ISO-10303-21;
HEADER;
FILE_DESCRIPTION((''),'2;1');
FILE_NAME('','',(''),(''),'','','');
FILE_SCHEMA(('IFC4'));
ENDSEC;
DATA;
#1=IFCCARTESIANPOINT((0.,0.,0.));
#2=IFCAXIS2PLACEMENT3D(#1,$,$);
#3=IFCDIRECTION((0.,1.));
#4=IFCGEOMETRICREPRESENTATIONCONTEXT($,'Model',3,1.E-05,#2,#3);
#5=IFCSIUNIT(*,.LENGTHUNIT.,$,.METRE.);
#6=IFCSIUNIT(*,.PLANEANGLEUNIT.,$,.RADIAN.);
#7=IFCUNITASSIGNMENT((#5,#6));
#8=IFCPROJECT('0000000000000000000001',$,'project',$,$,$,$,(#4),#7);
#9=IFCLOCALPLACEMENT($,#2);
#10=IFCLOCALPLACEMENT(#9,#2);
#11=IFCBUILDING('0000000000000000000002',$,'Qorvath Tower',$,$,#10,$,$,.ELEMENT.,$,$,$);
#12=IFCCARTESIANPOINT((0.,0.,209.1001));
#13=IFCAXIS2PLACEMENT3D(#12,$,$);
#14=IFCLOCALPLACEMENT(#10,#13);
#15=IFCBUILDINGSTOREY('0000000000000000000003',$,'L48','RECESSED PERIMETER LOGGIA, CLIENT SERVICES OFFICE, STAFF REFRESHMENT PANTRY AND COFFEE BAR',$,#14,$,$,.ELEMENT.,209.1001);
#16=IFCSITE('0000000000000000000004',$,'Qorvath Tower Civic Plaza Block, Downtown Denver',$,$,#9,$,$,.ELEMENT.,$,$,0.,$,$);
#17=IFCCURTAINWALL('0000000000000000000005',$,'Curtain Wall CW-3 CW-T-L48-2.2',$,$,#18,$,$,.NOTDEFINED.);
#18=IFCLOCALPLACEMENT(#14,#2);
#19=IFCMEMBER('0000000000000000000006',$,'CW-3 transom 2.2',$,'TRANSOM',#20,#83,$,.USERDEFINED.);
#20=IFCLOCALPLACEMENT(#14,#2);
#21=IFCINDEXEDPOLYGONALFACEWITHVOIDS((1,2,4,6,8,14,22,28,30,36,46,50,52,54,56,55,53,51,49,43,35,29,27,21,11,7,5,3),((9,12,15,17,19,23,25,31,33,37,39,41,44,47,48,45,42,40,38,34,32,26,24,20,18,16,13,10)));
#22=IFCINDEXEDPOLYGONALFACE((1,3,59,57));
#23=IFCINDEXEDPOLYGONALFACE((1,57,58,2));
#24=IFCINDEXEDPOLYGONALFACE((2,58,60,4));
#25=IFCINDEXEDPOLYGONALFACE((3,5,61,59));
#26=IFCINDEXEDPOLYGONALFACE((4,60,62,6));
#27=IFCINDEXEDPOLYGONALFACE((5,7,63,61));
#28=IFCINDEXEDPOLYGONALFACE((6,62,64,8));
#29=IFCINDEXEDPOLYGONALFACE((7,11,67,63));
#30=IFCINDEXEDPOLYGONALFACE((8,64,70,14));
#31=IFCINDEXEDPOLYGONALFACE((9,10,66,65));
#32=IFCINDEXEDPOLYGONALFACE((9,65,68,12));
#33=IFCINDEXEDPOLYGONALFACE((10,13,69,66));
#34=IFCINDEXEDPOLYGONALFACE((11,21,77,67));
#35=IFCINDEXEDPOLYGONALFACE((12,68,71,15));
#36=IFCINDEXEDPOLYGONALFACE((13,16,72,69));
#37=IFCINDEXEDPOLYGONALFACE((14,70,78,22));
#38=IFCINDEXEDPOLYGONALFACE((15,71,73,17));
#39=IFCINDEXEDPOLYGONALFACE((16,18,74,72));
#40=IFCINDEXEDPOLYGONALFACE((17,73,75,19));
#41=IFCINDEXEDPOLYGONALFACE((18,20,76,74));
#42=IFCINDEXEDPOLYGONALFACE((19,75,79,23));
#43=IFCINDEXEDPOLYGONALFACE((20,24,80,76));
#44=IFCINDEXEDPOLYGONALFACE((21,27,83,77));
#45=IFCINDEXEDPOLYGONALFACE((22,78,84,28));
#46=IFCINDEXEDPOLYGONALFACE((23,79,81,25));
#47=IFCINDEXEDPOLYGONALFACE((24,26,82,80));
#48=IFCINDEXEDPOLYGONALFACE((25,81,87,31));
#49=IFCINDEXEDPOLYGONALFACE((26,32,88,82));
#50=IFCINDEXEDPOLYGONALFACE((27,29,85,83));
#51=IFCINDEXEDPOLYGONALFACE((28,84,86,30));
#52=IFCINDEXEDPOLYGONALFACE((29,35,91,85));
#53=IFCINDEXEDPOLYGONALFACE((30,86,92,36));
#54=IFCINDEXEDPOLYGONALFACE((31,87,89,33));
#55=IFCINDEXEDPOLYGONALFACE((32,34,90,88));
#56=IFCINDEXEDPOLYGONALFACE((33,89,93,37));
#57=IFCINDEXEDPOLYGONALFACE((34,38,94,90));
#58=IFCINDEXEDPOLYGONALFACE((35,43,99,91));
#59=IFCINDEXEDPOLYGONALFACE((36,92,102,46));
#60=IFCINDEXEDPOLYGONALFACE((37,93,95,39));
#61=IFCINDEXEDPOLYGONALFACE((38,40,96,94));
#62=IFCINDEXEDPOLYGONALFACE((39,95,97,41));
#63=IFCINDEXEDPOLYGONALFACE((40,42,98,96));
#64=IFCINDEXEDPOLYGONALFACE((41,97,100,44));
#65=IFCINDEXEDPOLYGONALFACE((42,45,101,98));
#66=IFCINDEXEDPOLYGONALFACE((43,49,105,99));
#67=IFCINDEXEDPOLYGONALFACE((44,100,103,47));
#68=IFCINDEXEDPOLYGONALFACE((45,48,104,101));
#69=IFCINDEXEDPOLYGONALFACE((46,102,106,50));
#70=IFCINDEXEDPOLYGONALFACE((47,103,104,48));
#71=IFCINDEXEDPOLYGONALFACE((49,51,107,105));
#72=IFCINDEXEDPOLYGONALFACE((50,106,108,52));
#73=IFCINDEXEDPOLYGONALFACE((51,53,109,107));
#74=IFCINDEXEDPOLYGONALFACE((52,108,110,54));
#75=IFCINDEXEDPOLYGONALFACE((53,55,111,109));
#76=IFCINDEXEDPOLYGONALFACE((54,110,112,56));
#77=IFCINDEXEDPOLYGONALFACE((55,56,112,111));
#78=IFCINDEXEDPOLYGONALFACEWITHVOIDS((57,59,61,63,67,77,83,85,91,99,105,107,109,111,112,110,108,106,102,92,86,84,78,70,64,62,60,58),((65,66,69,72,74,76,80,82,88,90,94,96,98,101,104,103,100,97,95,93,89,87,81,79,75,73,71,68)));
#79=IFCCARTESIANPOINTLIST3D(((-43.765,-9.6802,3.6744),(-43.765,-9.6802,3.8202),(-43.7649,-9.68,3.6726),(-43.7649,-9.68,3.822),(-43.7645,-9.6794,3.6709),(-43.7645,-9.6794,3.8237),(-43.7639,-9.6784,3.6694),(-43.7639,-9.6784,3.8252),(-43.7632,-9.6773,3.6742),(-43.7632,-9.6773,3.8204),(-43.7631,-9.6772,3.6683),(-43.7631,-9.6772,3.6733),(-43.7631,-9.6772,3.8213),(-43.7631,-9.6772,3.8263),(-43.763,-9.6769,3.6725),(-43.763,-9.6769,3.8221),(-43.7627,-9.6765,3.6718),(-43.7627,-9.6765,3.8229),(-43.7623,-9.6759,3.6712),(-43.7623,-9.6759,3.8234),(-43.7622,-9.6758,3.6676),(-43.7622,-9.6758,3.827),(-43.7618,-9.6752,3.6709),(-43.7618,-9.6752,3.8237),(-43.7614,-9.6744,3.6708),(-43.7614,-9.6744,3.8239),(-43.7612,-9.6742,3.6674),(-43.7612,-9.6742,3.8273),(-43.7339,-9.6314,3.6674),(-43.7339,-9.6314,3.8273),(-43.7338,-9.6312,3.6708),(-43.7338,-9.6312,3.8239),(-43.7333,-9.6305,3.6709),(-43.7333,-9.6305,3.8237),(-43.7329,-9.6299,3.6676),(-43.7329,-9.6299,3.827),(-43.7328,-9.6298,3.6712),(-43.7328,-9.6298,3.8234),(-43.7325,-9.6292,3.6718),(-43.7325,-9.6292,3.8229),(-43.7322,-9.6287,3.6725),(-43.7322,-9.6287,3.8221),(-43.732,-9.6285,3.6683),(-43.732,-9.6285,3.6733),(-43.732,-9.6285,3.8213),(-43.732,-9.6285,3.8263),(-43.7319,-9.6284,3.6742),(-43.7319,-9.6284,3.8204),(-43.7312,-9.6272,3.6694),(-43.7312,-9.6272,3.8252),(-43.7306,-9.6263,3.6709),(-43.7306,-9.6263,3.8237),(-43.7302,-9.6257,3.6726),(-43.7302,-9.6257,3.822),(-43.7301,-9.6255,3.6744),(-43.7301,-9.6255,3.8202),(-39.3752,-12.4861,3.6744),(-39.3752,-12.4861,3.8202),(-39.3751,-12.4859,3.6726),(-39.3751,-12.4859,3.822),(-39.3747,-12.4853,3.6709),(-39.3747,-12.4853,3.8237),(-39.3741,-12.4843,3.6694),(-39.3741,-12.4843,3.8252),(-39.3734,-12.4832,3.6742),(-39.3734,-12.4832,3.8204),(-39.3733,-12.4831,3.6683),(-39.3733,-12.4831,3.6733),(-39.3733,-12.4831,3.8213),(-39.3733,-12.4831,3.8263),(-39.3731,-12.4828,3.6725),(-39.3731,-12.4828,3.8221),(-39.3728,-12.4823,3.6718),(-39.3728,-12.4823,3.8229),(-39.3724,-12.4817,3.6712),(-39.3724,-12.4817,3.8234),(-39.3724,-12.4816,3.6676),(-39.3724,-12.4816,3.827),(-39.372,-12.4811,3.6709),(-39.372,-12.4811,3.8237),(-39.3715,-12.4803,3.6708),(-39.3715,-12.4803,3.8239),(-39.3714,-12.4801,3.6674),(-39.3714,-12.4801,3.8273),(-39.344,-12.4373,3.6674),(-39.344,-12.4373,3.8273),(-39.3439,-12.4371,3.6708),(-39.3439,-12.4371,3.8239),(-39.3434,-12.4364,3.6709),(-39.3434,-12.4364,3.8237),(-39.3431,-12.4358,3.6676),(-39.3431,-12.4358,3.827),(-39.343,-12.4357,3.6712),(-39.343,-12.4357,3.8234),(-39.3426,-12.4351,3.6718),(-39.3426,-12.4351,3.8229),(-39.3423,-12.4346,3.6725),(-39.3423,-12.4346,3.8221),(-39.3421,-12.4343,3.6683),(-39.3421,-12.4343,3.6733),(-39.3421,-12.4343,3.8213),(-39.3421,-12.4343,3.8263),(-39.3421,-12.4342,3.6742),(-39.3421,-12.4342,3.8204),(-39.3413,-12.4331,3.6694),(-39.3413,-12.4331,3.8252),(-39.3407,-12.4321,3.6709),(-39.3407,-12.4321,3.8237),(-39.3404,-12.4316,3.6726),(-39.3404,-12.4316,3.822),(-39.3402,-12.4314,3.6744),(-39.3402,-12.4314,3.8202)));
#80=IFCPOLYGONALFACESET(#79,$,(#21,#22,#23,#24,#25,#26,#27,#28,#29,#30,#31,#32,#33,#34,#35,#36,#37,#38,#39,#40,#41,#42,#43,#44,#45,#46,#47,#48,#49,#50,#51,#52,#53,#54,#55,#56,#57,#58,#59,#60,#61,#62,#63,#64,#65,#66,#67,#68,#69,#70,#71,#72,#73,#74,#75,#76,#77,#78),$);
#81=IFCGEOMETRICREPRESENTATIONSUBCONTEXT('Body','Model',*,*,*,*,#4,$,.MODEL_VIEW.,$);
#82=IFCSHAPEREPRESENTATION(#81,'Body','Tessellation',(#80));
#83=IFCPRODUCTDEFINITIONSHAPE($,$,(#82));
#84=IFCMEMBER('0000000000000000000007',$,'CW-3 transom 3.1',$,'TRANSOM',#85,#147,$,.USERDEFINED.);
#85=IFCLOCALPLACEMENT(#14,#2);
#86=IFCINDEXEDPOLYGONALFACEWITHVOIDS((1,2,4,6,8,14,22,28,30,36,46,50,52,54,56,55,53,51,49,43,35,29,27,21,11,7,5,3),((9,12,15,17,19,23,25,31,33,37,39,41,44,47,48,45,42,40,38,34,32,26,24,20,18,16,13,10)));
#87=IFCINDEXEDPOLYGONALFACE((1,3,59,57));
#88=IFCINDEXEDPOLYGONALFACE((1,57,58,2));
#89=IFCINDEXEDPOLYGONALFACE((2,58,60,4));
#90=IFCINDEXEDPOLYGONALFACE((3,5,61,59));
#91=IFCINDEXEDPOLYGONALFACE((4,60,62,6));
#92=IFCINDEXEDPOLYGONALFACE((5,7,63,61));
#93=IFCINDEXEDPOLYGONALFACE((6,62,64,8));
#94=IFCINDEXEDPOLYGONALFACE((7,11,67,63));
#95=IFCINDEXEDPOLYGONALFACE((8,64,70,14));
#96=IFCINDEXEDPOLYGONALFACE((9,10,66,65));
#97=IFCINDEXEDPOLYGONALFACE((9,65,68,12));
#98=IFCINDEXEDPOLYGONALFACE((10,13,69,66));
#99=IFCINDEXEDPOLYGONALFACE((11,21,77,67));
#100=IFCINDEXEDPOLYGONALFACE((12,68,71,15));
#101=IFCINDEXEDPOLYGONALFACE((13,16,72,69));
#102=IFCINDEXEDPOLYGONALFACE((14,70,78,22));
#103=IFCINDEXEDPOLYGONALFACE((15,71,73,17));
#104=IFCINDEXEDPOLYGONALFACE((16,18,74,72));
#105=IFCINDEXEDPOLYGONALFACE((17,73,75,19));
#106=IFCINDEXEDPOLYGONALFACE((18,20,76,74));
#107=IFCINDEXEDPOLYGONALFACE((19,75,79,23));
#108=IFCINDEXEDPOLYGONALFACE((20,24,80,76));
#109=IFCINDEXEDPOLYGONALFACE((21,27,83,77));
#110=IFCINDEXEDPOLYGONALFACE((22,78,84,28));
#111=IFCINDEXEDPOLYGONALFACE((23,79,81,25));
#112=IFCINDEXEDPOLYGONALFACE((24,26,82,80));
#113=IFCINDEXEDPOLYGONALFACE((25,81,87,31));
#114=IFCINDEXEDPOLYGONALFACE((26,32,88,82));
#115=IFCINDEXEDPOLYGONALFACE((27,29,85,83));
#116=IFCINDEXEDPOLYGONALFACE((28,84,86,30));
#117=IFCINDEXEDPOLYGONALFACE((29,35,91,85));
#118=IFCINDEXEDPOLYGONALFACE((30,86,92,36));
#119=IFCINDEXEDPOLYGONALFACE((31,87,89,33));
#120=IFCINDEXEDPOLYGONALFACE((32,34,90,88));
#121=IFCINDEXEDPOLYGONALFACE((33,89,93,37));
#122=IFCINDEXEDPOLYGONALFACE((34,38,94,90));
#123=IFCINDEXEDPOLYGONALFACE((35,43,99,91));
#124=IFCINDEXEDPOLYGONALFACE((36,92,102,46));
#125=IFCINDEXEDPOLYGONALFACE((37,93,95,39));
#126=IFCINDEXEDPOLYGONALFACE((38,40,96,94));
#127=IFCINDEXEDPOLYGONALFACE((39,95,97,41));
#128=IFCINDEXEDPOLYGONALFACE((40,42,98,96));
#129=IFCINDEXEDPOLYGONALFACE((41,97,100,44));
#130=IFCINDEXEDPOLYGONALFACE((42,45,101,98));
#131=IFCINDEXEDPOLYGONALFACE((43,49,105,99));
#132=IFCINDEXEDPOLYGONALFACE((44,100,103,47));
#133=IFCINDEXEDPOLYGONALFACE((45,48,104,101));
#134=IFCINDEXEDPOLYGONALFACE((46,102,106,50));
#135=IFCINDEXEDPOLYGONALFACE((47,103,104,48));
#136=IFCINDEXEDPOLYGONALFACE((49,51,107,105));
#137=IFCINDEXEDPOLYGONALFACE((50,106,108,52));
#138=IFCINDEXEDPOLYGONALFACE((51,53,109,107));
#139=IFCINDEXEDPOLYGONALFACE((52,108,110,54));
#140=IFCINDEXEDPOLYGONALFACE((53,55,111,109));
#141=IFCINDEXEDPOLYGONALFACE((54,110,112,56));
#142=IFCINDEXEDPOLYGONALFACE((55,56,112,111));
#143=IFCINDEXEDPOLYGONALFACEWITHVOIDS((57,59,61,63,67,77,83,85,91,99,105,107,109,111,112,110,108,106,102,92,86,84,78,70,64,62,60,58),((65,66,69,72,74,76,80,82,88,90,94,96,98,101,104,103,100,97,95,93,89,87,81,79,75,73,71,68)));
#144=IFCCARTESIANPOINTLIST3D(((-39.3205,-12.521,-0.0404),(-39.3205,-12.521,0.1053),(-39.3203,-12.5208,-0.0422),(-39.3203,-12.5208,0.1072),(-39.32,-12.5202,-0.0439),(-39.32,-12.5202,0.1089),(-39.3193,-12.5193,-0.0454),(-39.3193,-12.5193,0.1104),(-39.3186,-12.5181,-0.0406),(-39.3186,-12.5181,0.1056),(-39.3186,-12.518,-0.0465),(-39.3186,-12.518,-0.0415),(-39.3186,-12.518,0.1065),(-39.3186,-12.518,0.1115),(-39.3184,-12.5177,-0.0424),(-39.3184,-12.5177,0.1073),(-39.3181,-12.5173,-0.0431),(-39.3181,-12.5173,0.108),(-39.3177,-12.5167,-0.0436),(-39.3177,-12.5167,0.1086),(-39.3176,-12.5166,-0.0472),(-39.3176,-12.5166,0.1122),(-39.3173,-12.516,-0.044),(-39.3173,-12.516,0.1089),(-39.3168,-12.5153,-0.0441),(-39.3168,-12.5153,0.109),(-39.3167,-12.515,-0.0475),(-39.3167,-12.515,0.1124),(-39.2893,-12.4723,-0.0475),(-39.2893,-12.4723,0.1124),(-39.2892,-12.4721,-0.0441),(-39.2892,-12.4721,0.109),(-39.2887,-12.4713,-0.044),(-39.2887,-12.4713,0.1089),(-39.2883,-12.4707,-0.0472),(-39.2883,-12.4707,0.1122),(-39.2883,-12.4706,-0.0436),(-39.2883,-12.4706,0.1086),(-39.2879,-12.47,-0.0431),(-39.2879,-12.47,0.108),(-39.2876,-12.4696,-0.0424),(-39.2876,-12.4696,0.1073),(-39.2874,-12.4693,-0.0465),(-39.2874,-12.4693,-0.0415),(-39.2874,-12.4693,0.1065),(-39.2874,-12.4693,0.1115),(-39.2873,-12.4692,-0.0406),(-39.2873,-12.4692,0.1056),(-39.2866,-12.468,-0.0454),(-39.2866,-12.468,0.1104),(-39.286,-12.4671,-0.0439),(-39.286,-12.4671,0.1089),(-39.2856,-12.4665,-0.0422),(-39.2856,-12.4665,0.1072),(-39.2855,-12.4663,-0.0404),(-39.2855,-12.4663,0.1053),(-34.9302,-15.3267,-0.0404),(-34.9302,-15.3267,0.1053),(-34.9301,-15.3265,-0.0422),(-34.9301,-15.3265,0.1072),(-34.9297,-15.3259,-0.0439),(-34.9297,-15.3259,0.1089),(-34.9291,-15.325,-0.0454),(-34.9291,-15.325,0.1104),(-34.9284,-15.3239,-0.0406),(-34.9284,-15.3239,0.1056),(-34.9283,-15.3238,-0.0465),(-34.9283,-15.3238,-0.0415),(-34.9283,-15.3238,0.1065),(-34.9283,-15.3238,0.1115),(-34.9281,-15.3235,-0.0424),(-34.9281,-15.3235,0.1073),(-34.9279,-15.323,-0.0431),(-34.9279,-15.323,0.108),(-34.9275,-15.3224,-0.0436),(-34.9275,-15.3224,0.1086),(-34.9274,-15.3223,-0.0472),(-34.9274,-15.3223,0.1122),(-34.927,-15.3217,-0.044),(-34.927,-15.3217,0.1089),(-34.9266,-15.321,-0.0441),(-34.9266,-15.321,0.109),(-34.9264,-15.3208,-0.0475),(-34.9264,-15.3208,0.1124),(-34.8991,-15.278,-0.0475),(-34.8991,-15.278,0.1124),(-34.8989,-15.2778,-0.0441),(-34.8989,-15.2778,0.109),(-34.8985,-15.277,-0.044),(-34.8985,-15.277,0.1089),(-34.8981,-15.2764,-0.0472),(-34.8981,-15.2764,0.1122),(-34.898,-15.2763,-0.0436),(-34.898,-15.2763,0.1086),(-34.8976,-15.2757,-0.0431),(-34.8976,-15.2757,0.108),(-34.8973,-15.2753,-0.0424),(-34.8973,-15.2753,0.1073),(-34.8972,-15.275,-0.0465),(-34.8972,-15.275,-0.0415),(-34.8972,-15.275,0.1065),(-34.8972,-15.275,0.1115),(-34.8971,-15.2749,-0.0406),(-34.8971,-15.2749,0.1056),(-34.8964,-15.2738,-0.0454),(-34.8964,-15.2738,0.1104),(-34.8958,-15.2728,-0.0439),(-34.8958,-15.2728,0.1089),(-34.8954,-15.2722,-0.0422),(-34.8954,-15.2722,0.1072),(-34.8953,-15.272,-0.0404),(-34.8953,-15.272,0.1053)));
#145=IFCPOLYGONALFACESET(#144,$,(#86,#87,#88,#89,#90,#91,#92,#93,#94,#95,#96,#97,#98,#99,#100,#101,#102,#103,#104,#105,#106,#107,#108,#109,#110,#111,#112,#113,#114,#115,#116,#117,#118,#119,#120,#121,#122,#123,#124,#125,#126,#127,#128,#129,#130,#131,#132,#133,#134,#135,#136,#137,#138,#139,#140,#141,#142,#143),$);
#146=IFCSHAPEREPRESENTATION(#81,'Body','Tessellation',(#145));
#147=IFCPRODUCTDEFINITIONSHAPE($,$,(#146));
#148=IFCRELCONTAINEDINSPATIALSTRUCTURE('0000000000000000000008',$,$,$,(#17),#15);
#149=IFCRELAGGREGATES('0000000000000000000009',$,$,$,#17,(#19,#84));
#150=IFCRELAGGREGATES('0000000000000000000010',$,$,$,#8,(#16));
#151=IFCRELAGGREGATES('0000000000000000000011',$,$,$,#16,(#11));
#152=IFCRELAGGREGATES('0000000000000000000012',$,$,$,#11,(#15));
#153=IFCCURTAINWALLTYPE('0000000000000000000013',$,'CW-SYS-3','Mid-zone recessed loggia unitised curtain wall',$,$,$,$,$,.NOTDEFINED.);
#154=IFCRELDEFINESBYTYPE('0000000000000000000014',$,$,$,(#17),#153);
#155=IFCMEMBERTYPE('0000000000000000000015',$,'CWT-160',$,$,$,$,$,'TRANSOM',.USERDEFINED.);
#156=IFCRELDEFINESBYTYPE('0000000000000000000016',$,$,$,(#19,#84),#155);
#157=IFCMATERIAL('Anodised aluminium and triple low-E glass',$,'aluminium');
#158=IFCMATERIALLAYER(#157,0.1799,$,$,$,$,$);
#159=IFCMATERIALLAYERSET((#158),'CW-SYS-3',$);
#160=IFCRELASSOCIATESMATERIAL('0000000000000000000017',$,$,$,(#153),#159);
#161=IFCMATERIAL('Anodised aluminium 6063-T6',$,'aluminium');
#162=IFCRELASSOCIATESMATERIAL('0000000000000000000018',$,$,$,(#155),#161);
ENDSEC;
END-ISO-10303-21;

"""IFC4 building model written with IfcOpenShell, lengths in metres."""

from ifc_helpers import new_model, si_unit, direction, frame, origin, origin_2d, place, context, subcontext, project, spatial, hollow_rectangle, extrude, material, layer, layer_set, material_profile, profile_set, type_object, element, aggregate, save


model = new_model("IFC4")

# Units and contexts
model_context = context("Model", 3, precision=1e-05, world=origin(), true_north=direction((0.0, 1.0)))
body_context = subcontext(model_context, "Body", "Model", "MODEL_VIEW")
ifc_project = project(units=[si_unit("LENGTHUNIT", "METRE"), si_unit("PLANEANGLEUNIT", "RADIAN")], contexts=[model_context])

# Site, building, storey
site_placement = place(None, origin())
site = spatial("IfcSite", under=ifc_project, at=site_placement, Name="Qorvath Tower Civic Plaza Block, Downtown Denver", CompositionType="ELEMENT", RefElevation=0.0)
building_placement = place(site_placement, origin())
building = spatial("IfcBuilding", under=site, at=building_placement, Name="Qorvath Tower", CompositionType="ELEMENT")
storey_placement = place(building_placement, frame((0.0, 0.0, 209.1001)))
storey = spatial("IfcBuildingStorey", under=building, at=storey_placement, Name="L48", Description="RECESSED PERIMETER LOGGIA, CLIENT SERVICES OFFICE, STAFF REFRESHMENT PANTRY AND COFFEE BAR", CompositionType="ELEMENT", Elevation=209.1001)

# Curtain wall
ifc_material_1 = material(Name="Anodised aluminium and triple low-E glass", Category="aluminium")
ifc_layer_1 = layer(ifc_material_1, 0.1799)
ifc_layer_set_1 = layer_set([ifc_layer_1], Name="CW-SYS-3")
curtain_wall_type = type_object("IfcCurtainWallType", Name="CW-SYS-3", Description="Mid-zone recessed loggia unitised curtain wall", PredefinedType="NOTDEFINED", material=ifc_layer_set_1)
curtain_wall_1_placement = place(storey_placement, origin())
curtain_wall_1 = element("IfcCurtainWall", 1, at=curtain_wall_1_placement, inside=storey, type_object=curtain_wall_type, Name="Curtain Wall CW-3 CW-T-L48-2.2", PredefinedType="NOTDEFINED")

# Members
ifc_material_2 = material(Name="Anodised aluminium 6063-T6", Category="aluminium")
ifc_material_profile_1 = material_profile(ifc_material_2, hollow_rectangle(XDim=0.0649, YDim=0.1599, WallThickness=0.0034, InnerFilletRadius=0.0034, OuterFilletRadius=0.0071, at=origin_2d()), Name="CWT 160x65")
ifc_profile_set_1 = profile_set([ifc_material_profile_1], Name="Anodised aluminium 6063-T6")
member_type_1 = type_object("IfcMemberType", Name="CWT-160", ElementType="TRANSOM", PredefinedType="USERDEFINED", material=ifc_profile_set_1)
member_1_placement = place(storey_placement, frame((-43.7476, -9.6528, 3.7473), z_axis=(0.842587, -0.53856, 0.0), x_axis=(0.53856, 0.842587, 0.0)))
member_1 = element("IfcMember", 2, at=member_1_placement, type_object=member_type_1, Name="CW-3 transom 2.2", ObjectType="TRANSOM", PredefinedType="USERDEFINED", context=body_context, shape_type="SweptSolid", body=[
    extrude(hollow_rectangle(XDim=0.0649, YDim=0.1599, WallThickness=0.0034, InnerFilletRadius=0.0034, OuterFilletRadius=0.0071, at=origin_2d()), origin(), (0.0, 0.0, 1.0), 5.21),
])
member_2_placement = place(storey_placement, frame((-39.303, -12.4937, 0.0325), z_axis=(0.842622, -0.538506, 0.0), x_axis=(0.538506, 0.842622, 0.0)))
member_2 = element("IfcMember", 3, at=member_2_placement, type_object=member_type_1, Name="CW-3 transom 3.1", ObjectType="TRANSOM", PredefinedType="USERDEFINED", context=body_context, shape_type="SweptSolid", body=[
    extrude(hollow_rectangle(XDim=0.0649, YDim=0.1599, WallThickness=0.0034, InnerFilletRadius=0.0034, OuterFilletRadius=0.0071, at=origin_2d()), origin(), (0.0, 0.0, 1.0), 5.2102),
])

aggregate(curtain_wall_1, [member_1, member_2])

save(model, "model.ifc")
